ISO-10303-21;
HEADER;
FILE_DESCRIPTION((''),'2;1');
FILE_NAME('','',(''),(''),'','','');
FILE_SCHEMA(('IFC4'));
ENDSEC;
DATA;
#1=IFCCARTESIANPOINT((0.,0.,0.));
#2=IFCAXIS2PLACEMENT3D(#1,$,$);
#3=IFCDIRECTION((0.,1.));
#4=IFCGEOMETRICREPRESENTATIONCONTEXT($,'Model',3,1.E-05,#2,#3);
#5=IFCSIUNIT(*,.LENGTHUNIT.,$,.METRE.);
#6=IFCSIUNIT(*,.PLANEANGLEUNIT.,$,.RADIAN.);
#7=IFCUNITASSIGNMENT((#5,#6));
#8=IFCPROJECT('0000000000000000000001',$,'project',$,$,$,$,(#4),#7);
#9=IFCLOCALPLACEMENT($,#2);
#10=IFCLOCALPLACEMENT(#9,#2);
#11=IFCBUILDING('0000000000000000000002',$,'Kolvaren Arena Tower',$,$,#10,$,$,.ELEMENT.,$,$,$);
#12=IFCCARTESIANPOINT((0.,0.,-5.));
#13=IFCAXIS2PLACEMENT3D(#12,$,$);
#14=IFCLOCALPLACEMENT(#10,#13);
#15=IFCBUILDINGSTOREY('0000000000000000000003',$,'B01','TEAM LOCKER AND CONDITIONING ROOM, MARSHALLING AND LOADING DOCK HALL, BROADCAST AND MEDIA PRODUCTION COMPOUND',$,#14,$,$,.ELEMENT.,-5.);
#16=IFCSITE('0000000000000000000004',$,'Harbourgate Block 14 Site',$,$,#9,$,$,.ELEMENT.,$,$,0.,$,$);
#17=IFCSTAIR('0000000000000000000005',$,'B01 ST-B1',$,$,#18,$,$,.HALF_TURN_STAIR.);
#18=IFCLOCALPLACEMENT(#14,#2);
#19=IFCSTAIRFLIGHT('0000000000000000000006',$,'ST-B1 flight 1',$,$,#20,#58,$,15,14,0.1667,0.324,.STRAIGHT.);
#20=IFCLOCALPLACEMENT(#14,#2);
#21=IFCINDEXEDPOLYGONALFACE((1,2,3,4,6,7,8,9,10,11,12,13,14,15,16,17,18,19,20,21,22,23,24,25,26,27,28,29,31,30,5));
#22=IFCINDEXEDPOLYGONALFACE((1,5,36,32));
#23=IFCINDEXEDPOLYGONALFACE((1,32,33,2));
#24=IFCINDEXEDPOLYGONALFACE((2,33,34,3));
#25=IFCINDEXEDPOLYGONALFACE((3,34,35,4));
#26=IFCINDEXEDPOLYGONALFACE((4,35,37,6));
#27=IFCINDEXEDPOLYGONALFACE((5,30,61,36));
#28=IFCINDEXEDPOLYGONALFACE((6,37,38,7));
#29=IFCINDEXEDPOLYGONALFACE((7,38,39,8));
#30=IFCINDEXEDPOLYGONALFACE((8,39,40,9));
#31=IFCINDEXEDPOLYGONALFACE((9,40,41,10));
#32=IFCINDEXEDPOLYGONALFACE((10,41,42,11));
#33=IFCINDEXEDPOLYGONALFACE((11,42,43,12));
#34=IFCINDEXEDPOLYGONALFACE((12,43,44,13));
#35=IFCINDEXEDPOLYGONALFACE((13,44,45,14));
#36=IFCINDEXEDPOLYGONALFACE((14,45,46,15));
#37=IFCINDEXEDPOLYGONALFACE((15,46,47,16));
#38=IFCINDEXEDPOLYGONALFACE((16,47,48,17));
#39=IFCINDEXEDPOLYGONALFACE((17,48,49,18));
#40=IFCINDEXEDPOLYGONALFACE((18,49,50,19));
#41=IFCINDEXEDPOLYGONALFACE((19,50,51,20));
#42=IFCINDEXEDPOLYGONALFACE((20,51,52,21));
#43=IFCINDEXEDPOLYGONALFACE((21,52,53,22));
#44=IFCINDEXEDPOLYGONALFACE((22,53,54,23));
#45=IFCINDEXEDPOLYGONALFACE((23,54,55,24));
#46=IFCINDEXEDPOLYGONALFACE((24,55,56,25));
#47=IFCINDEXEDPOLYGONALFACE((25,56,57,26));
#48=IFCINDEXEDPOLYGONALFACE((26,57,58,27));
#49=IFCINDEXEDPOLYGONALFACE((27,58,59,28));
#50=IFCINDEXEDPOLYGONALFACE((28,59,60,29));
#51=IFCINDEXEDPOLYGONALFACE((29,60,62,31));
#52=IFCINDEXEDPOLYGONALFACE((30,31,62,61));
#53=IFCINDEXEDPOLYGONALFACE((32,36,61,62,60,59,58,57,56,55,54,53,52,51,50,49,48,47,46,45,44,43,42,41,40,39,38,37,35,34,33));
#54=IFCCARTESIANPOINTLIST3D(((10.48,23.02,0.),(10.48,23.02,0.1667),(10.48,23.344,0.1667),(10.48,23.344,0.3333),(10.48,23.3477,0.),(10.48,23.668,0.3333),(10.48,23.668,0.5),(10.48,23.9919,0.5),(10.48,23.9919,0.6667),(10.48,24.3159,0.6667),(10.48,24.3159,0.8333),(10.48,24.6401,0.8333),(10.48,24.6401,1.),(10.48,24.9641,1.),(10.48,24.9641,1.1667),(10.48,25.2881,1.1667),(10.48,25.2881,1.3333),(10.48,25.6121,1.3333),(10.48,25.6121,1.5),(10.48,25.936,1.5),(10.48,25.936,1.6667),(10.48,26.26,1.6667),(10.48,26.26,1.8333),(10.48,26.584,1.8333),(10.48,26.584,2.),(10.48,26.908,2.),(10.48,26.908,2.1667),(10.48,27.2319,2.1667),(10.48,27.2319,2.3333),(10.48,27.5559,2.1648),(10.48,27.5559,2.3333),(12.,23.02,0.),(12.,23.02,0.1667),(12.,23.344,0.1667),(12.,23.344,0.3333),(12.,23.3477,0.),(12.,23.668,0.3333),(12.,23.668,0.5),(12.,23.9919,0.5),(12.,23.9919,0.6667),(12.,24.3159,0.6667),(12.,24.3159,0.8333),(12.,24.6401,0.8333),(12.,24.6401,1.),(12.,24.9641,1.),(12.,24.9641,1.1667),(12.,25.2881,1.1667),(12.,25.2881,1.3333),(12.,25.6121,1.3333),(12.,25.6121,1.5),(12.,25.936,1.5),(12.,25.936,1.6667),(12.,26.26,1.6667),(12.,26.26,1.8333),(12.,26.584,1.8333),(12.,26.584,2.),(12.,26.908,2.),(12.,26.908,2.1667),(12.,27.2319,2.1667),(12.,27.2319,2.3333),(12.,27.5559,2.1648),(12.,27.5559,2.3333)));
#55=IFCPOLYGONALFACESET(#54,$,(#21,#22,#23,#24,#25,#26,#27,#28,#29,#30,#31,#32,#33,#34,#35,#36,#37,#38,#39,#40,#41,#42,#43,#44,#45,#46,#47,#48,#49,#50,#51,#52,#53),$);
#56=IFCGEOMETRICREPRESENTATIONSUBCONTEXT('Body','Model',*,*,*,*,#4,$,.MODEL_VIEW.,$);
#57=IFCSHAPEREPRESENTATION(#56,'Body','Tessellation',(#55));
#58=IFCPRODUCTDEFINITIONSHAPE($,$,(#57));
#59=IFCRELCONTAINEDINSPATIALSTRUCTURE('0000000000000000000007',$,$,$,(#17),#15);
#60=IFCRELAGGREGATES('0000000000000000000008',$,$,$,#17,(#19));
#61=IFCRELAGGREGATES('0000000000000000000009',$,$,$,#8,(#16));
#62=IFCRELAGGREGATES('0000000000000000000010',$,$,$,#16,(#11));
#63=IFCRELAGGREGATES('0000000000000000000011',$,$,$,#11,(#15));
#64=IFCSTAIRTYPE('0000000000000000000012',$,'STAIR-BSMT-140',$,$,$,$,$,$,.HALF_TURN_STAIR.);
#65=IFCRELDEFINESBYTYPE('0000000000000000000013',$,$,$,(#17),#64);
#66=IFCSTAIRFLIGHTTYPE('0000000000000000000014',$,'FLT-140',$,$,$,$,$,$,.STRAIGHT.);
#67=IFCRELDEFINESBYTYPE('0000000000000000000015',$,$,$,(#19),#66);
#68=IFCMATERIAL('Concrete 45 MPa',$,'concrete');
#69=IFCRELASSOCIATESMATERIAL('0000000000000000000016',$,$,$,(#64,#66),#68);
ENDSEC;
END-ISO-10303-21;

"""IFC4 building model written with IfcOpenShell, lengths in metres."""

from ifc_helpers import new_model, si_unit, direction, frame, origin, place, context, subcontext, project, spatial, polyline, outline, extrude, material, type_object, element, aggregate, save


model = new_model("IFC4")

# Units and contexts
model_context = context("Model", 3, precision=1e-05, world=origin(), true_north=direction((0.0, 1.0)))
body_context = subcontext(model_context, "Body", "Model", "MODEL_VIEW")
ifc_project = project(units=[si_unit("LENGTHUNIT", "METRE"), si_unit("PLANEANGLEUNIT", "RADIAN")], contexts=[model_context])

# Site, building, storey
site_placement = place(None, origin())
site = spatial("IfcSite", under=ifc_project, at=site_placement, Name="Harbourgate Block 14 Site", CompositionType="ELEMENT", RefElevation=0.0)
building_placement = place(site_placement, origin())
building = spatial("IfcBuilding", under=site, at=building_placement, Name="Kolvaren Arena Tower", CompositionType="ELEMENT")
storey_placement = place(building_placement, frame((0.0, 0.0, -5.0)))
storey = spatial("IfcBuildingStorey", under=building, at=storey_placement, Name="B01", Description="TEAM LOCKER AND CONDITIONING ROOM, MARSHALLING AND LOADING DOCK HALL, BROADCAST AND MEDIA PRODUCTION COMPOUND", CompositionType="ELEMENT", Elevation=-5.0)

# Stair
ifc_material_1 = material(Name="Concrete 45 MPa", Category="concrete")
stair_type_1 = type_object("IfcStairType", Name="STAIR-BSMT-140", PredefinedType="HALF_TURN_STAIR", material=ifc_material_1)
stair_1_placement = place(storey_placement, origin())
stair_1 = element("IfcStair", 1, at=stair_1_placement, inside=storey, type_object=stair_type_1, Name="B01 ST-B1", PredefinedType="HALF_TURN_STAIR")

# Stair flight
stair_flight_type = type_object("IfcStairFlightType", Name="FLT-140", PredefinedType="STRAIGHT", material=ifc_material_1)
stair_flight_placement = place(storey_placement, frame((11.24, 23.02, 0.0), z_axis=(0.0, 0.0, 1.0), x_axis=(0.0, 1.0, 0.0)))
stair_flight = element("IfcStairFlight", 2, at=stair_flight_placement, type_object=stair_flight_type, Name="ST-B1 flight 1", NumberOfRisers=15, NumberOfTreads=14, PredefinedType="STRAIGHT", RiserHeight=0.1667, TreadLength=0.324, context=body_context, shape_type="SweptSolid", body=[
    extrude(outline(polyline([(0.0, 0.0), (0.0, 0.1667), (0.324, 0.1667), (0.324, 0.3333), (0.6479, 0.3333), (0.6479, 0.5), (0.9719, 0.5), (0.9719, 0.6667), (1.2959, 0.6667), (1.2959, 0.8333), (1.6201, 0.8333), (1.6201, 1.0), (1.9441, 1.0), (1.9441, 1.1667), (2.2681, 1.1667), (2.2681, 1.3333), (2.592, 1.3333), (2.592, 1.5), (2.916, 1.5), (2.916, 1.6667), (3.24, 1.6667), (3.24, 1.8333), (3.564, 1.8333), (3.564, 2.0), (3.8879, 2.0), (3.8879, 2.1667), (4.2119, 2.1667), (4.2119, 2.3333), (4.5359, 2.3333), (4.5359, 2.5), (4.5359, 2.1648), (0.3276, 0.0), (0.0, 0.0)])), frame((0.0, 0.76, 0.0), z_axis=(0.0, -1.0, 0.0), x_axis=(1.0, 0.0, 0.0)), (0.0, 0.0, 1.0), 1.52),
])
aggregate(stair_1, [stair_flight])

save(model, "model.ifc")
